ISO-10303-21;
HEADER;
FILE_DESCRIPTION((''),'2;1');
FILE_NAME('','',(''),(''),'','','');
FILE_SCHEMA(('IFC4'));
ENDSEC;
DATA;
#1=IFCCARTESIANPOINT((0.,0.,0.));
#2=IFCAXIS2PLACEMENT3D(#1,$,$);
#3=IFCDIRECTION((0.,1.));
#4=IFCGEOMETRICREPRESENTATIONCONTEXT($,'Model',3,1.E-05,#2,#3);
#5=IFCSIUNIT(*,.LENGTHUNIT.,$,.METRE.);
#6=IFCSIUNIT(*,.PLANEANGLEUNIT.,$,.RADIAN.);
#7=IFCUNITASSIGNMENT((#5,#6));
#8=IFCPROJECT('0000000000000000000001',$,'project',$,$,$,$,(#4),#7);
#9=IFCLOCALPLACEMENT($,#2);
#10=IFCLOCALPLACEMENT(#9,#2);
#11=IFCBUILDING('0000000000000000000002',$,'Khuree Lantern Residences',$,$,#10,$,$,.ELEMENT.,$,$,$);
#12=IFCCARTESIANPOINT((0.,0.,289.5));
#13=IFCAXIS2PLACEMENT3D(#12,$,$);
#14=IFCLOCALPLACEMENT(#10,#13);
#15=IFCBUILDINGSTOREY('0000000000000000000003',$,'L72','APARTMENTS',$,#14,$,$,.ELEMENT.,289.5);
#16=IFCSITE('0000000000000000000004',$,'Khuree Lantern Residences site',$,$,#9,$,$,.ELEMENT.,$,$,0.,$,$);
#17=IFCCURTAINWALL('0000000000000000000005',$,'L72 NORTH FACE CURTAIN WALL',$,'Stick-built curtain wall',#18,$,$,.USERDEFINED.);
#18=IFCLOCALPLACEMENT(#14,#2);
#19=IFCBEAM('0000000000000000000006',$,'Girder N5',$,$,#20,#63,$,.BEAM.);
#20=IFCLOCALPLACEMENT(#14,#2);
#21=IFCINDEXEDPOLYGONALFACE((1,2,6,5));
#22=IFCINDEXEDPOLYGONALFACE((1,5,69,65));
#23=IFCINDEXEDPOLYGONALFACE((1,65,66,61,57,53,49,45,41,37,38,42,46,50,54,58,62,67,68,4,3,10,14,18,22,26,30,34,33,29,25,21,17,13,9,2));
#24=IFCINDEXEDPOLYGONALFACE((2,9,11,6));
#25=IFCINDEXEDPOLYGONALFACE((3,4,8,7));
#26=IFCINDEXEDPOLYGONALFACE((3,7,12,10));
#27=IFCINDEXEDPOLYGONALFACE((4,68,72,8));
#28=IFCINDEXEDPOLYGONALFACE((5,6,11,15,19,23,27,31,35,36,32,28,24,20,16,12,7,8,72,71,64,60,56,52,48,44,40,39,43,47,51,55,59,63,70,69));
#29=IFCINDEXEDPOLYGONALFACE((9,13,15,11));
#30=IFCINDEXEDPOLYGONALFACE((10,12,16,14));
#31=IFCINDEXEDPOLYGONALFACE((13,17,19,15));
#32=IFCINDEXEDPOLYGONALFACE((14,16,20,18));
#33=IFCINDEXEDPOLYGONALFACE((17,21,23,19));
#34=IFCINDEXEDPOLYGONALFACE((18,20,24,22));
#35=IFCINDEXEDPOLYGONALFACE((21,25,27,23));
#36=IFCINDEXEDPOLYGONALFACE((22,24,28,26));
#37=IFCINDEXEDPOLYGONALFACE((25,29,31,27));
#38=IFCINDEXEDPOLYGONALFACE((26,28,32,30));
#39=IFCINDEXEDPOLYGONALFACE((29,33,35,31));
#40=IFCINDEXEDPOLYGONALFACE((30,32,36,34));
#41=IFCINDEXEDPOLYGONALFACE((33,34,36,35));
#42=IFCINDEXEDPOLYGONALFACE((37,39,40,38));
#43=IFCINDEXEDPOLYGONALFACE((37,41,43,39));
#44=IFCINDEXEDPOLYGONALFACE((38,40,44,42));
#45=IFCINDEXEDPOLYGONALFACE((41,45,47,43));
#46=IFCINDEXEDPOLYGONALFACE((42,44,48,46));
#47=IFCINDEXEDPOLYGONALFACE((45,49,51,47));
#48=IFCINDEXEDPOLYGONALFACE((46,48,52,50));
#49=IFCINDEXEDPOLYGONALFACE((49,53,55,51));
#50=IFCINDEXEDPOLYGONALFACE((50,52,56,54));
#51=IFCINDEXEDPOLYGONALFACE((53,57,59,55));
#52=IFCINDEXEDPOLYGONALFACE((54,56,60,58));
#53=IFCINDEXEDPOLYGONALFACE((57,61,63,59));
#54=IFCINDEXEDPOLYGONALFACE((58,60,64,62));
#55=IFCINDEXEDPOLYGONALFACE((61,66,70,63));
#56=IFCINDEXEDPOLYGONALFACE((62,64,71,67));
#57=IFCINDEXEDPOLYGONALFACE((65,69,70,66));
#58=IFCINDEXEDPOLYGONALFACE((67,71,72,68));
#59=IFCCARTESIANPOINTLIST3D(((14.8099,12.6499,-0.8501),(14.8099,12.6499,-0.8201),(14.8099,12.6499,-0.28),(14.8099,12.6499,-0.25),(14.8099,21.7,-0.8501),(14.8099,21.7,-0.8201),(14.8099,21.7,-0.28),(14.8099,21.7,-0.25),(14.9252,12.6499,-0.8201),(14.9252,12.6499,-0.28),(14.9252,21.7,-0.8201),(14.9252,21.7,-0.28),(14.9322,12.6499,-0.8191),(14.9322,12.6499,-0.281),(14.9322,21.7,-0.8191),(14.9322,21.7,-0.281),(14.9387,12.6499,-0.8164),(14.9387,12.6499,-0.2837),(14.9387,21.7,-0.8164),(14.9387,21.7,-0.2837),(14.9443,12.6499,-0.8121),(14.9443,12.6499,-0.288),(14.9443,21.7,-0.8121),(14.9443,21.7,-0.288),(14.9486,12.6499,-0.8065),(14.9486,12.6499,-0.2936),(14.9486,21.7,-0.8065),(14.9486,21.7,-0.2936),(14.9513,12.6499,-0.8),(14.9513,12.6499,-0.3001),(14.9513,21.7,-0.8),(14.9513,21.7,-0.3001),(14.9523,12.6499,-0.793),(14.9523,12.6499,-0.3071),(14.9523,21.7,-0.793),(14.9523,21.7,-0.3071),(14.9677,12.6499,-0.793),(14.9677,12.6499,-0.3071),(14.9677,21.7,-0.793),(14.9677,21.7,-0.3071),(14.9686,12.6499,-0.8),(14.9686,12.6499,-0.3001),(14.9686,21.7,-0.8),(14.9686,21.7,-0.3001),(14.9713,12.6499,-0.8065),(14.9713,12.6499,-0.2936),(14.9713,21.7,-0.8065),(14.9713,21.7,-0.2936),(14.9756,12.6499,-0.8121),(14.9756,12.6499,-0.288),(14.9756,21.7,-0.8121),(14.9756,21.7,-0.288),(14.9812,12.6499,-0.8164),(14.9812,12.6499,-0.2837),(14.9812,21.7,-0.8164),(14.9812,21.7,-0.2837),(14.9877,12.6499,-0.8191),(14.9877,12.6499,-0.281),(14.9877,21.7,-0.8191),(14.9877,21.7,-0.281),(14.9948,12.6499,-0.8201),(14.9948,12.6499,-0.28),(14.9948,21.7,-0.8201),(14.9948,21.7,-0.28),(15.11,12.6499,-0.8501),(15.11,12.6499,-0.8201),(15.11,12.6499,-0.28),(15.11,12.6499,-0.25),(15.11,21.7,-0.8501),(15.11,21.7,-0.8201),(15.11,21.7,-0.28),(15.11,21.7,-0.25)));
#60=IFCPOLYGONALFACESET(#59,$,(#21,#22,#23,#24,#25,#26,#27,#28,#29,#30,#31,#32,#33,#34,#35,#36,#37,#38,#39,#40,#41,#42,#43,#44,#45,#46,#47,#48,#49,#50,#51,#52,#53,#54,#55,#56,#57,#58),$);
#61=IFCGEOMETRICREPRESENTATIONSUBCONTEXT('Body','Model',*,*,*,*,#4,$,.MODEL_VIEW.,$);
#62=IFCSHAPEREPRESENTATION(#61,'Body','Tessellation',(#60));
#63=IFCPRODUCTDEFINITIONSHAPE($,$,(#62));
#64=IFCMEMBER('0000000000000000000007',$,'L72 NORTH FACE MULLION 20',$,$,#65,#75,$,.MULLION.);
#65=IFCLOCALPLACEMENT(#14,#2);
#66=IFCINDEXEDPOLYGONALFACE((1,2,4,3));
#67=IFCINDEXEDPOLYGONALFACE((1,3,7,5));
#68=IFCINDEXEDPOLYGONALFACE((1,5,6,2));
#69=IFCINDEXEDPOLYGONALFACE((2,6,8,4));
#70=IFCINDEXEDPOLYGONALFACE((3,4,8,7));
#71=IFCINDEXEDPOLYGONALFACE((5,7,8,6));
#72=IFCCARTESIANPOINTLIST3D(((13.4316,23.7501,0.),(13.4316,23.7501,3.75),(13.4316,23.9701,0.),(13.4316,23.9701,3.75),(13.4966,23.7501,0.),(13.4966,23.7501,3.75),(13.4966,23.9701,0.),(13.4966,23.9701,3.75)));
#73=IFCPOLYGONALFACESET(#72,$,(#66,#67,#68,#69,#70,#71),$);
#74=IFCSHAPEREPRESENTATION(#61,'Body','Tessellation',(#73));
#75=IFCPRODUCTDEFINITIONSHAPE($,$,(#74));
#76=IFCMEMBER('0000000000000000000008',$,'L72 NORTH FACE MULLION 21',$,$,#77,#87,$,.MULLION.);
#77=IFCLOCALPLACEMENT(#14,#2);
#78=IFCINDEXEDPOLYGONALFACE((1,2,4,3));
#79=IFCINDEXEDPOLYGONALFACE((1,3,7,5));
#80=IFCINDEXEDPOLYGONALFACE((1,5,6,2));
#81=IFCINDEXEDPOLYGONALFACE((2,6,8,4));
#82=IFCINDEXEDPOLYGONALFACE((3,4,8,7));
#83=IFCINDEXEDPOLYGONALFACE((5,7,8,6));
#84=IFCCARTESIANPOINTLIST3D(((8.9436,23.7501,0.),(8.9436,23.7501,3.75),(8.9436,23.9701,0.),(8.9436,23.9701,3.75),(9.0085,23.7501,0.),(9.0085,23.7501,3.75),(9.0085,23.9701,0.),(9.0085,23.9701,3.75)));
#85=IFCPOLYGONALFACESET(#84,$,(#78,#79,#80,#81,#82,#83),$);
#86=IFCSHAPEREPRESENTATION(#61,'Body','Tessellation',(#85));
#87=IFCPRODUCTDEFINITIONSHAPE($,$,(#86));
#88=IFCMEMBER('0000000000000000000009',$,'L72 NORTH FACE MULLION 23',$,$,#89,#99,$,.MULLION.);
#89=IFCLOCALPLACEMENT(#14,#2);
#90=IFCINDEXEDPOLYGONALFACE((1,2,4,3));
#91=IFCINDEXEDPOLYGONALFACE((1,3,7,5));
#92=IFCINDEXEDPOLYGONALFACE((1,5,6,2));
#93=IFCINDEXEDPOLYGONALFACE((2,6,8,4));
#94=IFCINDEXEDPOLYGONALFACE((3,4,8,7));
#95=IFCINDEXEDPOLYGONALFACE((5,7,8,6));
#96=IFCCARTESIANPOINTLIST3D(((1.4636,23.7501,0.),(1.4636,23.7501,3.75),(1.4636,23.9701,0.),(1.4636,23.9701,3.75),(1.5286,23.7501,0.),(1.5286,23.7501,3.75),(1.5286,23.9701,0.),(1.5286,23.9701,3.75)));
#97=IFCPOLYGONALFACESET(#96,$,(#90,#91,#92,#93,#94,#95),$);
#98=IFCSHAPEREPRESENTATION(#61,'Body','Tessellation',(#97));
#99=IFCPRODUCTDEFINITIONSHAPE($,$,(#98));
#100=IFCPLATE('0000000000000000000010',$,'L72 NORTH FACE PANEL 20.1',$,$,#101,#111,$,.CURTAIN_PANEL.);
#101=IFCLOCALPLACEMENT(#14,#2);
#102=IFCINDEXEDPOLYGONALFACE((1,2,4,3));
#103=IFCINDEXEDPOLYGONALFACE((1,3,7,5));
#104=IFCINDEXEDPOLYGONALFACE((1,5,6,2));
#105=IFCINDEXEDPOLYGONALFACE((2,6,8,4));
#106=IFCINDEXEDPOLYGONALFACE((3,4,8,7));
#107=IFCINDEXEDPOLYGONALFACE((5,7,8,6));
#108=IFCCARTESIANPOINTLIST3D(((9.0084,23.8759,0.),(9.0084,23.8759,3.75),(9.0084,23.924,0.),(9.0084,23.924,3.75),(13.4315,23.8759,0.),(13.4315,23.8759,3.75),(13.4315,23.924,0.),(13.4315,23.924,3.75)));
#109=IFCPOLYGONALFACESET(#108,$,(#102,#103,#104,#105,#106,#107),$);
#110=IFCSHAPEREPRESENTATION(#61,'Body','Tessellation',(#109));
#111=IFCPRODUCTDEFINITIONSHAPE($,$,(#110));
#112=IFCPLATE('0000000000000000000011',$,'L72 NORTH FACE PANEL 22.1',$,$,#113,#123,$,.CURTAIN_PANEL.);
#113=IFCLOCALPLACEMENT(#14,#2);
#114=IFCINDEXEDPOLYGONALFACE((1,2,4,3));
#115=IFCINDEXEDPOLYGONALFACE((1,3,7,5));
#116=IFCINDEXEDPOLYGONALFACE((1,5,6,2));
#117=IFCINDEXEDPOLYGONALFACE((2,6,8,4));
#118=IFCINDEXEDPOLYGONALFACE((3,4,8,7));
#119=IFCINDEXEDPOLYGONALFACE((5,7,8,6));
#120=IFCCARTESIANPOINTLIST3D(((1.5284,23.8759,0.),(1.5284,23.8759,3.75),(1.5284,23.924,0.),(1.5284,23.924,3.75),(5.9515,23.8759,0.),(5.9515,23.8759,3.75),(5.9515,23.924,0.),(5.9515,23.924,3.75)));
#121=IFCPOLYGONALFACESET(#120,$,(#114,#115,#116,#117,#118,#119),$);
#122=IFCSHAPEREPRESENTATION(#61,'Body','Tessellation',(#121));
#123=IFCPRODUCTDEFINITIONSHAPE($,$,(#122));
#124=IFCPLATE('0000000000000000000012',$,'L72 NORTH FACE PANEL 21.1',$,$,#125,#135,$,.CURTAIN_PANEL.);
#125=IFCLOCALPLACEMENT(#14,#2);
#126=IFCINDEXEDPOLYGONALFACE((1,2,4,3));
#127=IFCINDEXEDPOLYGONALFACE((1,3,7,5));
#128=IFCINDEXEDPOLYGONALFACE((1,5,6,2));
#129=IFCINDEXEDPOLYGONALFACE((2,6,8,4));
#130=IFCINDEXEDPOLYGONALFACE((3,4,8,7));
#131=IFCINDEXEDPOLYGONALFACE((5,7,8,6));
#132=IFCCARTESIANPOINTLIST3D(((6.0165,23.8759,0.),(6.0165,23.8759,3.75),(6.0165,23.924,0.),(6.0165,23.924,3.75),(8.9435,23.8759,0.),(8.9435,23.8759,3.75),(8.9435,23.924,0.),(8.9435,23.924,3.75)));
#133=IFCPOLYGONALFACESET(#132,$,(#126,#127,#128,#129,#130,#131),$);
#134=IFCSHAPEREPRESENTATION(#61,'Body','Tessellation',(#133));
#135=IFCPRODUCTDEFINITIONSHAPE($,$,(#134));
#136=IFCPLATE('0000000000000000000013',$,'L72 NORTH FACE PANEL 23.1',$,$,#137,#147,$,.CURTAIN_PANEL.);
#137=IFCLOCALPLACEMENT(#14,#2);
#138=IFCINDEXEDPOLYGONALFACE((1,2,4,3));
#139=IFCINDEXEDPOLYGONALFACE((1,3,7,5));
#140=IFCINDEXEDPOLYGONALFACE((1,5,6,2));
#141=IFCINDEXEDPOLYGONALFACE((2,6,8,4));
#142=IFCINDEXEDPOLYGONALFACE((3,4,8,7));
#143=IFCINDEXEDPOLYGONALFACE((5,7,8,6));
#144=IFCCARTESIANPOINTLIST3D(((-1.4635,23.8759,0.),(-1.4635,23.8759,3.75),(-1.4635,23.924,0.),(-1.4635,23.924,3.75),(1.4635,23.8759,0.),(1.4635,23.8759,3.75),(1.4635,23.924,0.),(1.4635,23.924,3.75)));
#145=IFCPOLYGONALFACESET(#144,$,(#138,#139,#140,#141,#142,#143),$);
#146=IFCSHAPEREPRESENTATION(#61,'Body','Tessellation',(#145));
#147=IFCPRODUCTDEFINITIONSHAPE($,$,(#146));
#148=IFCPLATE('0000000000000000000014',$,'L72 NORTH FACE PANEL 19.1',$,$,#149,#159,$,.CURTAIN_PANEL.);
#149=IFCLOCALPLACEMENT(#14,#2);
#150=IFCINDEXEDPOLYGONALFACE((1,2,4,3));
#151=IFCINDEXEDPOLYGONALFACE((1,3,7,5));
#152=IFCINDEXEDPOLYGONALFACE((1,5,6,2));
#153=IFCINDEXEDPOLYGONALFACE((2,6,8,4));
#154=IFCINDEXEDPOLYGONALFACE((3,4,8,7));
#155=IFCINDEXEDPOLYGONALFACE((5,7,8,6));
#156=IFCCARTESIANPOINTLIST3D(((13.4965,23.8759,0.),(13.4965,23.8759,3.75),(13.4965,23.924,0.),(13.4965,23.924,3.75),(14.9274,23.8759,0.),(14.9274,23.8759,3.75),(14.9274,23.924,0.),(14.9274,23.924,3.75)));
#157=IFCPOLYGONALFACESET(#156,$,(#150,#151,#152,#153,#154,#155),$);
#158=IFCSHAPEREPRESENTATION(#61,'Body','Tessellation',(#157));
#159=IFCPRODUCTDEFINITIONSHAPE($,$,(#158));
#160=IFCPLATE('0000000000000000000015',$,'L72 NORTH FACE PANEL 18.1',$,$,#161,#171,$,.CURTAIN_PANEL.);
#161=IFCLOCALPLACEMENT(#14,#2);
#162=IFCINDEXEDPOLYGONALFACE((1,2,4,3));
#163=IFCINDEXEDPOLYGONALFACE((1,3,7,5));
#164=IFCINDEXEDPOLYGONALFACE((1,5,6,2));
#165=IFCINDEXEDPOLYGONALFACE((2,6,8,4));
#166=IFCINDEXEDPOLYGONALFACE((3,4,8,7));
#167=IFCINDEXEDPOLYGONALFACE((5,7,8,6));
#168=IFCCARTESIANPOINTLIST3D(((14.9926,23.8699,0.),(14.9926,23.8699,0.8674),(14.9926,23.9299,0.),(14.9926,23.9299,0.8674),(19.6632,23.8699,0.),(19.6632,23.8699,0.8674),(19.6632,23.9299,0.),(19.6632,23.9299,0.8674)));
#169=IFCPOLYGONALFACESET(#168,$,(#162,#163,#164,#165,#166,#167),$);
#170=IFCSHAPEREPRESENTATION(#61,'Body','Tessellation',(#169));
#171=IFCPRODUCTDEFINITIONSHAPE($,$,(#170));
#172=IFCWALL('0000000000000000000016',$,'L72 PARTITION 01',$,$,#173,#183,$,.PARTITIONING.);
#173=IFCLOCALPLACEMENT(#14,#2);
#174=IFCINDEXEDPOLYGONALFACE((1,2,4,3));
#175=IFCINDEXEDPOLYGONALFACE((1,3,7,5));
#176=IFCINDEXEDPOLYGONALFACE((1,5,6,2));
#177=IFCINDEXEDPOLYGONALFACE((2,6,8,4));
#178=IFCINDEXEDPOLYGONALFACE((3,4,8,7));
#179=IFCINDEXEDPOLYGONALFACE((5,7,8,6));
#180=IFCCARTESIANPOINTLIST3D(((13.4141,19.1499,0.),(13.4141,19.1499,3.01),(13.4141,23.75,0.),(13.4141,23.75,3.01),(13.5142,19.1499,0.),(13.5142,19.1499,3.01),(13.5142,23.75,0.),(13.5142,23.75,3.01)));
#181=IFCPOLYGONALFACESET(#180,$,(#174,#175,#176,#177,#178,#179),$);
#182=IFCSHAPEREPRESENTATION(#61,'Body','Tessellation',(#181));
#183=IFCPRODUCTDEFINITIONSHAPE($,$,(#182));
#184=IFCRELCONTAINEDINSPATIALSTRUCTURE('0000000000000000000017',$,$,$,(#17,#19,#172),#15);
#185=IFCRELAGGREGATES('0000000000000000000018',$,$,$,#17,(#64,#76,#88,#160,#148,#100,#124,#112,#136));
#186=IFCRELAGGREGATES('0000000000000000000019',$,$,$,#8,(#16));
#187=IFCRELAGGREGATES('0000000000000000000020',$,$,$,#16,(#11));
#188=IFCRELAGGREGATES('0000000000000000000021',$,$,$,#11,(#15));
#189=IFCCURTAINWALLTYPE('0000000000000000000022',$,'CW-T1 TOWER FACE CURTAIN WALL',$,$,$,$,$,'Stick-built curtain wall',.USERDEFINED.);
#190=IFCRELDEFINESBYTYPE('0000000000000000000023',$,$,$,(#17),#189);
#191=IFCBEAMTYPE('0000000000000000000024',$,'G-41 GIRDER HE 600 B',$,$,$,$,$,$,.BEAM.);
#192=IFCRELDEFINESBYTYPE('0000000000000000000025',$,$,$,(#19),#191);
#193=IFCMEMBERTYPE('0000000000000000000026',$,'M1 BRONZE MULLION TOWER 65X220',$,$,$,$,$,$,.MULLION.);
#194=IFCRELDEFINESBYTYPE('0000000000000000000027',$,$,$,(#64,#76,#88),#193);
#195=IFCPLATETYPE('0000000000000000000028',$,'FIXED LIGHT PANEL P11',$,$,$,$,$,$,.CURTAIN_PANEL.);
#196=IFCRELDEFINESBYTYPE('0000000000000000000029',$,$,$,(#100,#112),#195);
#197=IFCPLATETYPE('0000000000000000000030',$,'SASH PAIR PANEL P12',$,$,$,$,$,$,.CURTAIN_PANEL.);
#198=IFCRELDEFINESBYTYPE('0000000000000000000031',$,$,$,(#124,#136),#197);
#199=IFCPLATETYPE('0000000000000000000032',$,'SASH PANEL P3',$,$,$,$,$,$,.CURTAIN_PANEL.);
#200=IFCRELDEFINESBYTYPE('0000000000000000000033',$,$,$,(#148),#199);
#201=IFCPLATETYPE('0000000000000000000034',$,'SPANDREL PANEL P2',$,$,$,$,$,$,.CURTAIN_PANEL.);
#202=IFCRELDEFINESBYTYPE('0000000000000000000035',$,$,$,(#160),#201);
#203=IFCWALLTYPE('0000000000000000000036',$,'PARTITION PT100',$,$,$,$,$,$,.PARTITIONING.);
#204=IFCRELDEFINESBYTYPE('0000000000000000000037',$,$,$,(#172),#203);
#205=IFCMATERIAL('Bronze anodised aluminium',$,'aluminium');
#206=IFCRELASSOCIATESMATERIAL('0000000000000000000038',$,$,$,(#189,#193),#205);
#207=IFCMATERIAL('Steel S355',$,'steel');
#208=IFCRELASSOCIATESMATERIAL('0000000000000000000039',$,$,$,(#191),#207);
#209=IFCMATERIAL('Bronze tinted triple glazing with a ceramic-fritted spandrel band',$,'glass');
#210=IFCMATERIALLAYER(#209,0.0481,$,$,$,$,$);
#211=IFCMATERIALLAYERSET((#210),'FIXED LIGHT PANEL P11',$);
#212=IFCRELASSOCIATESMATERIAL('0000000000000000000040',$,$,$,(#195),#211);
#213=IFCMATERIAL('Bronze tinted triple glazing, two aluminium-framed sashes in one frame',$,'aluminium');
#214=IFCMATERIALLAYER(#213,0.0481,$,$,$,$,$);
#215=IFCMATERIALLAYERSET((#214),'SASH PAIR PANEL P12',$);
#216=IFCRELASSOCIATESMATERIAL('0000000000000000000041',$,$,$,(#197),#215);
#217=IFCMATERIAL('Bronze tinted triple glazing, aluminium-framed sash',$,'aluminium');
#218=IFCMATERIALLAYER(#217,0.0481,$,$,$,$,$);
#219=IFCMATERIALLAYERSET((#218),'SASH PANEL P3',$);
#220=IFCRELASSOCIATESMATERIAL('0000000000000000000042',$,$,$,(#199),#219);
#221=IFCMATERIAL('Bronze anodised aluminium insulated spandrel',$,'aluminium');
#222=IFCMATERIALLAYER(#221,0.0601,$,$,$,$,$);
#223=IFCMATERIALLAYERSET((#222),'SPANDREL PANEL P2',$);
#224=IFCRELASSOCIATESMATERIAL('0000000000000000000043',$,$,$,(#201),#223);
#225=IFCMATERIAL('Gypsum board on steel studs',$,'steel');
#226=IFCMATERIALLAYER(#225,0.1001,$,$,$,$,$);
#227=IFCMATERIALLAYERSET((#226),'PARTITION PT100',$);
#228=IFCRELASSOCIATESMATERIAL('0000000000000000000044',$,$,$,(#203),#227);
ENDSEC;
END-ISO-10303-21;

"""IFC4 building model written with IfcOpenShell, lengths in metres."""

from ifc_helpers import new_model, si_unit, direction, frame, frame_2d, origin, origin_2d, place, context, subcontext, project, spatial, rectangle, i_section, extrude, material, layer, layer_set, material_profile, profile_set, type_object, element, aggregate, save


model = new_model("IFC4")

# Units and contexts
model_context = context("Model", 3, precision=1e-05, world=origin(), true_north=direction((0.0, 1.0)))
body_context = subcontext(model_context, "Body", "Model", "MODEL_VIEW")
ifc_project = project(units=[si_unit("LENGTHUNIT", "METRE"), si_unit("PLANEANGLEUNIT", "RADIAN")], contexts=[model_context])

# Site, building, storey
site_placement = place(None, origin())
site = spatial("IfcSite", under=ifc_project, at=site_placement, Name="Khuree Lantern Residences site", CompositionType="ELEMENT", RefElevation=0.0)
building_placement = place(site_placement, origin())
building = spatial("IfcBuilding", under=site, at=building_placement, Name="Khuree Lantern Residences", CompositionType="ELEMENT")
storey_placement = place(building_placement, frame((0.0, 0.0, 289.5)))
storey = spatial("IfcBuildingStorey", under=building, at=storey_placement, Name="L72", Description="APARTMENTS", CompositionType="ELEMENT", Elevation=289.5)

# Shared definitions
ifc_material_1 = material(Name="Steel S355", Category="steel")

# Curtain wall
ifc_material_2 = material(Name="Bronze anodised aluminium", Category="aluminium")
curtain_wall_type = type_object("IfcCurtainWallType", Name="CW-T1 TOWER FACE CURTAIN WALL", ElementType="Stick-built curtain wall", PredefinedType="USERDEFINED", material=ifc_material_2)
curtain_wall_placement = place(storey_placement, origin())
curtain_wall = element("IfcCurtainWall", 1, at=curtain_wall_placement, inside=storey, type_object=curtain_wall_type, Name="L72 NORTH FACE CURTAIN WALL", ObjectType="Stick-built curtain wall", PredefinedType="USERDEFINED")

# Beam
ifc_material_profile_1 = material_profile(ifc_material_1, i_section(OverallWidth=0.3, OverallDepth=0.6001, WebThickness=0.0154, FlangeThickness=0.03, FilletRadius=0.0271, at=origin_2d()), Name="HE 600 B")
ifc_profile_set_1 = profile_set([ifc_material_profile_1], Name="Steel S355")
beam_type_1 = type_object("IfcBeamType", Name="G-41 GIRDER HE 600 B", PredefinedType="BEAM", material=ifc_profile_set_1)
for number, where, z_axis, x_axis, name in (
    (2, (14.96, 21.7, -0.55), (0.0, -1.0, 0.0), (1.0, 0.0, 0.0), "Girder N5"),
):
    element("IfcBeam", number, at=place(storey_placement, frame(where, z_axis=z_axis, x_axis=x_axis)), inside=storey, type_object=beam_type_1, Name=name, PredefinedType="BEAM", context=body_context, shape_type="SweptSolid", body=[
        extrude(i_section(OverallWidth=0.3, OverallDepth=0.6001, WebThickness=0.0154, FlangeThickness=0.03, FilletRadius=0.0271, at=origin_2d()), origin(), (0.0, 0.0, 1.0), 9.05),
    ])

# Members
ifc_material_profile_2 = material_profile(ifc_material_2, rectangle(XDim=0.0649, YDim=0.22, at=origin_2d()), Name="M1 65X220")
ifc_profile_set_2 = profile_set([ifc_material_profile_2], Name="Bronze anodised aluminium")
member_type_1 = type_object("IfcMemberType", Name="M1 BRONZE MULLION TOWER 65X220", PredefinedType="MULLION", material=ifc_profile_set_2)
member_1_placement = place(storey_placement, frame((13.4641, 23.8601, 0.0), z_axis=(0.0, 0.0, 1.0), x_axis=(-1.0, 0.0, 0.0)))
member_1 = element("IfcMember", 3, at=member_1_placement, type_object=member_type_1, Name="L72 NORTH FACE MULLION 20", PredefinedType="MULLION", context=body_context, shape_type="SweptSolid", body=[
    extrude(rectangle(XDim=0.0649, YDim=0.22, at=origin_2d()), origin(), (0.0, 0.0, 1.0), 3.75),
])
member_2_placement = place(storey_placement, frame((8.9761, 23.8601, 0.0), z_axis=(0.0, 0.0, 1.0), x_axis=(-1.0, 0.0, 0.0)))
member_2 = element("IfcMember", 4, at=member_2_placement, type_object=member_type_1, Name="L72 NORTH FACE MULLION 21", PredefinedType="MULLION", context=body_context, shape_type="SweptSolid", body=[
    extrude(rectangle(XDim=0.0649, YDim=0.22, at=origin_2d()), origin(), (0.0, 0.0, 1.0), 3.75),
])
member_3_placement = place(storey_placement, frame((1.4961, 23.8601, 0.0), z_axis=(0.0, 0.0, 1.0), x_axis=(-1.0, 0.0, 0.0)))
member_3 = element("IfcMember", 5, at=member_3_placement, type_object=member_type_1, Name="L72 NORTH FACE MULLION 23", PredefinedType="MULLION", context=body_context, shape_type="SweptSolid", body=[
    extrude(rectangle(XDim=0.0649, YDim=0.22, at=origin_2d()), origin(), (0.0, 0.0, 1.0), 3.75),
])

# Plates
ifc_material_3 = material(Name="Bronze tinted triple glazing with a ceramic-fritted spandrel band", Category="glass")
ifc_layer_1 = layer(ifc_material_3, 0.0481)
ifc_layer_set_1 = layer_set([ifc_layer_1], Name="FIXED LIGHT PANEL P11")
plate_type_1 = type_object("IfcPlateType", Name="FIXED LIGHT PANEL P11", PredefinedType="CURTAIN_PANEL", material=ifc_layer_set_1)
plate_1_placement = place(storey_placement, frame((11.22, 23.8999, 0.0), z_axis=(0.0, 0.0, 1.0), x_axis=(-1.0, 0.0, 0.0)))
plate_1 = element("IfcPlate", 6, at=plate_1_placement, type_object=plate_type_1, Name="L72 NORTH FACE PANEL 20.1", PredefinedType="CURTAIN_PANEL", context=body_context, shape_type="SweptSolid", body=[
    extrude(rectangle(XDim=4.4231, YDim=0.0481, at=origin_2d()), origin(), (0.0, 0.0, 1.0), 3.75),
])
plate_2_placement = place(storey_placement, frame((3.74, 23.8999, 0.0), z_axis=(0.0, 0.0, 1.0), x_axis=(-1.0, 0.0, 0.0)))
plate_2 = element("IfcPlate", 7, at=plate_2_placement, type_object=plate_type_1, Name="L72 NORTH FACE PANEL 22.1", PredefinedType="CURTAIN_PANEL", context=body_context, shape_type="SweptSolid", body=[
    extrude(rectangle(XDim=4.4231, YDim=0.0481, at=origin_2d()), origin(), (0.0, 0.0, 1.0), 3.75),
])
ifc_material_4 = material(Name="Bronze tinted triple glazing, two aluminium-framed sashes in one frame", Category="aluminium")
ifc_layer_2 = layer(ifc_material_4, 0.0481)
ifc_layer_set_2 = layer_set([ifc_layer_2], Name="SASH PAIR PANEL P12")
plate_type_2 = type_object("IfcPlateType", Name="SASH PAIR PANEL P12", PredefinedType="CURTAIN_PANEL", material=ifc_layer_set_2)
plate_3_placement = place(storey_placement, frame((7.48, 23.8999, 0.0), z_axis=(0.0, 0.0, 1.0), x_axis=(-1.0, 0.0, 0.0)))
plate_3 = element("IfcPlate", 8, at=plate_3_placement, type_object=plate_type_2, Name="L72 NORTH FACE PANEL 21.1", PredefinedType="CURTAIN_PANEL", context=body_context, shape_type="SweptSolid", body=[
    extrude(rectangle(XDim=2.927, YDim=0.0481, at=origin_2d()), origin(), (0.0, 0.0, 1.0), 3.75),
])
plate_4_placement = place(storey_placement, frame((0.0, 23.8999, 0.0), z_axis=(0.0, 0.0, 1.0), x_axis=(-1.0, 0.0, 0.0)))
plate_4 = element("IfcPlate", 9, at=plate_4_placement, type_object=plate_type_2, Name="L72 NORTH FACE PANEL 23.1", PredefinedType="CURTAIN_PANEL", context=body_context, shape_type="SweptSolid", body=[
    extrude(rectangle(XDim=2.927, YDim=0.0481, at=origin_2d()), origin(), (0.0, 0.0, 1.0), 3.75),
])
ifc_material_5 = material(Name="Bronze tinted triple glazing, aluminium-framed sash", Category="aluminium")
ifc_layer_3 = layer(ifc_material_5, 0.0481)
ifc_layer_set_3 = layer_set([ifc_layer_3], Name="SASH PANEL P3")
plate_type_3 = type_object("IfcPlateType", Name="SASH PANEL P3", PredefinedType="CURTAIN_PANEL", material=ifc_layer_set_3)
plate_5_placement = place(storey_placement, frame((14.2119, 23.8999, 0.0), z_axis=(0.0, 0.0, 1.0), x_axis=(-1.0, 0.0, 0.0)))
plate_5 = element("IfcPlate", 10, at=plate_5_placement, type_object=plate_type_3, Name="L72 NORTH FACE PANEL 19.1", PredefinedType="CURTAIN_PANEL", context=body_context, shape_type="SweptSolid", body=[
    extrude(rectangle(XDim=1.4309, YDim=0.0481, at=origin_2d()), origin(), (0.0, 0.0, 1.0), 3.75),
])
ifc_material_6 = material(Name="Bronze anodised aluminium insulated spandrel", Category="aluminium")
ifc_layer_4 = layer(ifc_material_6, 0.0601)
ifc_layer_set_4 = layer_set([ifc_layer_4], Name="SPANDREL PANEL P2")
plate_type_4 = type_object("IfcPlateType", Name="SPANDREL PANEL P2", PredefinedType="CURTAIN_PANEL", material=ifc_layer_set_4)
plate_6_placement = place(storey_placement, frame((17.3279, 23.8999, 0.0), z_axis=(0.0, 0.0, 1.0), x_axis=(-1.0, 0.0, 0.0)))
plate_6 = element("IfcPlate", 11, at=plate_6_placement, type_object=plate_type_4, Name="L72 NORTH FACE PANEL 18.1", PredefinedType="CURTAIN_PANEL", context=body_context, shape_type="SweptSolid", body=[
    extrude(rectangle(XDim=4.6707, YDim=0.0601, at=origin_2d()), origin(), (0.0, 0.0, 1.0), 0.8674),
])
aggregate(curtain_wall, [member_1, member_2, member_3, plate_6, plate_5, plate_1, plate_3, plate_2, plate_4])

# Wall
ifc_material_7 = material(Name="Gypsum board on steel studs", Category="steel")
ifc_layer_5 = layer(ifc_material_7, 0.1001)
ifc_layer_set_5 = layer_set([ifc_layer_5], Name="PARTITION PT100")
wall_type = type_object("IfcWallType", Name="PARTITION PT100", PredefinedType="PARTITIONING", material=ifc_layer_set_5)
wall_1_placement = place(storey_placement, frame((13.4641, 19.1499, 0.0), z_axis=(0.0, 0.0, 1.0), x_axis=(0.0, 1.0, 0.0)))
element("IfcWall", 12, at=wall_1_placement, inside=storey, type_object=wall_type, Name="L72 PARTITION 01", PredefinedType="PARTITIONING", context=body_context, shape_type="SweptSolid", body=[
    extrude(rectangle(XDim=4.6001, YDim=0.1001, at=frame_2d((2.3, 0.0))), origin(), (0.0, 0.0, 1.0), 3.01),
])

save(model, "model.ifc")
